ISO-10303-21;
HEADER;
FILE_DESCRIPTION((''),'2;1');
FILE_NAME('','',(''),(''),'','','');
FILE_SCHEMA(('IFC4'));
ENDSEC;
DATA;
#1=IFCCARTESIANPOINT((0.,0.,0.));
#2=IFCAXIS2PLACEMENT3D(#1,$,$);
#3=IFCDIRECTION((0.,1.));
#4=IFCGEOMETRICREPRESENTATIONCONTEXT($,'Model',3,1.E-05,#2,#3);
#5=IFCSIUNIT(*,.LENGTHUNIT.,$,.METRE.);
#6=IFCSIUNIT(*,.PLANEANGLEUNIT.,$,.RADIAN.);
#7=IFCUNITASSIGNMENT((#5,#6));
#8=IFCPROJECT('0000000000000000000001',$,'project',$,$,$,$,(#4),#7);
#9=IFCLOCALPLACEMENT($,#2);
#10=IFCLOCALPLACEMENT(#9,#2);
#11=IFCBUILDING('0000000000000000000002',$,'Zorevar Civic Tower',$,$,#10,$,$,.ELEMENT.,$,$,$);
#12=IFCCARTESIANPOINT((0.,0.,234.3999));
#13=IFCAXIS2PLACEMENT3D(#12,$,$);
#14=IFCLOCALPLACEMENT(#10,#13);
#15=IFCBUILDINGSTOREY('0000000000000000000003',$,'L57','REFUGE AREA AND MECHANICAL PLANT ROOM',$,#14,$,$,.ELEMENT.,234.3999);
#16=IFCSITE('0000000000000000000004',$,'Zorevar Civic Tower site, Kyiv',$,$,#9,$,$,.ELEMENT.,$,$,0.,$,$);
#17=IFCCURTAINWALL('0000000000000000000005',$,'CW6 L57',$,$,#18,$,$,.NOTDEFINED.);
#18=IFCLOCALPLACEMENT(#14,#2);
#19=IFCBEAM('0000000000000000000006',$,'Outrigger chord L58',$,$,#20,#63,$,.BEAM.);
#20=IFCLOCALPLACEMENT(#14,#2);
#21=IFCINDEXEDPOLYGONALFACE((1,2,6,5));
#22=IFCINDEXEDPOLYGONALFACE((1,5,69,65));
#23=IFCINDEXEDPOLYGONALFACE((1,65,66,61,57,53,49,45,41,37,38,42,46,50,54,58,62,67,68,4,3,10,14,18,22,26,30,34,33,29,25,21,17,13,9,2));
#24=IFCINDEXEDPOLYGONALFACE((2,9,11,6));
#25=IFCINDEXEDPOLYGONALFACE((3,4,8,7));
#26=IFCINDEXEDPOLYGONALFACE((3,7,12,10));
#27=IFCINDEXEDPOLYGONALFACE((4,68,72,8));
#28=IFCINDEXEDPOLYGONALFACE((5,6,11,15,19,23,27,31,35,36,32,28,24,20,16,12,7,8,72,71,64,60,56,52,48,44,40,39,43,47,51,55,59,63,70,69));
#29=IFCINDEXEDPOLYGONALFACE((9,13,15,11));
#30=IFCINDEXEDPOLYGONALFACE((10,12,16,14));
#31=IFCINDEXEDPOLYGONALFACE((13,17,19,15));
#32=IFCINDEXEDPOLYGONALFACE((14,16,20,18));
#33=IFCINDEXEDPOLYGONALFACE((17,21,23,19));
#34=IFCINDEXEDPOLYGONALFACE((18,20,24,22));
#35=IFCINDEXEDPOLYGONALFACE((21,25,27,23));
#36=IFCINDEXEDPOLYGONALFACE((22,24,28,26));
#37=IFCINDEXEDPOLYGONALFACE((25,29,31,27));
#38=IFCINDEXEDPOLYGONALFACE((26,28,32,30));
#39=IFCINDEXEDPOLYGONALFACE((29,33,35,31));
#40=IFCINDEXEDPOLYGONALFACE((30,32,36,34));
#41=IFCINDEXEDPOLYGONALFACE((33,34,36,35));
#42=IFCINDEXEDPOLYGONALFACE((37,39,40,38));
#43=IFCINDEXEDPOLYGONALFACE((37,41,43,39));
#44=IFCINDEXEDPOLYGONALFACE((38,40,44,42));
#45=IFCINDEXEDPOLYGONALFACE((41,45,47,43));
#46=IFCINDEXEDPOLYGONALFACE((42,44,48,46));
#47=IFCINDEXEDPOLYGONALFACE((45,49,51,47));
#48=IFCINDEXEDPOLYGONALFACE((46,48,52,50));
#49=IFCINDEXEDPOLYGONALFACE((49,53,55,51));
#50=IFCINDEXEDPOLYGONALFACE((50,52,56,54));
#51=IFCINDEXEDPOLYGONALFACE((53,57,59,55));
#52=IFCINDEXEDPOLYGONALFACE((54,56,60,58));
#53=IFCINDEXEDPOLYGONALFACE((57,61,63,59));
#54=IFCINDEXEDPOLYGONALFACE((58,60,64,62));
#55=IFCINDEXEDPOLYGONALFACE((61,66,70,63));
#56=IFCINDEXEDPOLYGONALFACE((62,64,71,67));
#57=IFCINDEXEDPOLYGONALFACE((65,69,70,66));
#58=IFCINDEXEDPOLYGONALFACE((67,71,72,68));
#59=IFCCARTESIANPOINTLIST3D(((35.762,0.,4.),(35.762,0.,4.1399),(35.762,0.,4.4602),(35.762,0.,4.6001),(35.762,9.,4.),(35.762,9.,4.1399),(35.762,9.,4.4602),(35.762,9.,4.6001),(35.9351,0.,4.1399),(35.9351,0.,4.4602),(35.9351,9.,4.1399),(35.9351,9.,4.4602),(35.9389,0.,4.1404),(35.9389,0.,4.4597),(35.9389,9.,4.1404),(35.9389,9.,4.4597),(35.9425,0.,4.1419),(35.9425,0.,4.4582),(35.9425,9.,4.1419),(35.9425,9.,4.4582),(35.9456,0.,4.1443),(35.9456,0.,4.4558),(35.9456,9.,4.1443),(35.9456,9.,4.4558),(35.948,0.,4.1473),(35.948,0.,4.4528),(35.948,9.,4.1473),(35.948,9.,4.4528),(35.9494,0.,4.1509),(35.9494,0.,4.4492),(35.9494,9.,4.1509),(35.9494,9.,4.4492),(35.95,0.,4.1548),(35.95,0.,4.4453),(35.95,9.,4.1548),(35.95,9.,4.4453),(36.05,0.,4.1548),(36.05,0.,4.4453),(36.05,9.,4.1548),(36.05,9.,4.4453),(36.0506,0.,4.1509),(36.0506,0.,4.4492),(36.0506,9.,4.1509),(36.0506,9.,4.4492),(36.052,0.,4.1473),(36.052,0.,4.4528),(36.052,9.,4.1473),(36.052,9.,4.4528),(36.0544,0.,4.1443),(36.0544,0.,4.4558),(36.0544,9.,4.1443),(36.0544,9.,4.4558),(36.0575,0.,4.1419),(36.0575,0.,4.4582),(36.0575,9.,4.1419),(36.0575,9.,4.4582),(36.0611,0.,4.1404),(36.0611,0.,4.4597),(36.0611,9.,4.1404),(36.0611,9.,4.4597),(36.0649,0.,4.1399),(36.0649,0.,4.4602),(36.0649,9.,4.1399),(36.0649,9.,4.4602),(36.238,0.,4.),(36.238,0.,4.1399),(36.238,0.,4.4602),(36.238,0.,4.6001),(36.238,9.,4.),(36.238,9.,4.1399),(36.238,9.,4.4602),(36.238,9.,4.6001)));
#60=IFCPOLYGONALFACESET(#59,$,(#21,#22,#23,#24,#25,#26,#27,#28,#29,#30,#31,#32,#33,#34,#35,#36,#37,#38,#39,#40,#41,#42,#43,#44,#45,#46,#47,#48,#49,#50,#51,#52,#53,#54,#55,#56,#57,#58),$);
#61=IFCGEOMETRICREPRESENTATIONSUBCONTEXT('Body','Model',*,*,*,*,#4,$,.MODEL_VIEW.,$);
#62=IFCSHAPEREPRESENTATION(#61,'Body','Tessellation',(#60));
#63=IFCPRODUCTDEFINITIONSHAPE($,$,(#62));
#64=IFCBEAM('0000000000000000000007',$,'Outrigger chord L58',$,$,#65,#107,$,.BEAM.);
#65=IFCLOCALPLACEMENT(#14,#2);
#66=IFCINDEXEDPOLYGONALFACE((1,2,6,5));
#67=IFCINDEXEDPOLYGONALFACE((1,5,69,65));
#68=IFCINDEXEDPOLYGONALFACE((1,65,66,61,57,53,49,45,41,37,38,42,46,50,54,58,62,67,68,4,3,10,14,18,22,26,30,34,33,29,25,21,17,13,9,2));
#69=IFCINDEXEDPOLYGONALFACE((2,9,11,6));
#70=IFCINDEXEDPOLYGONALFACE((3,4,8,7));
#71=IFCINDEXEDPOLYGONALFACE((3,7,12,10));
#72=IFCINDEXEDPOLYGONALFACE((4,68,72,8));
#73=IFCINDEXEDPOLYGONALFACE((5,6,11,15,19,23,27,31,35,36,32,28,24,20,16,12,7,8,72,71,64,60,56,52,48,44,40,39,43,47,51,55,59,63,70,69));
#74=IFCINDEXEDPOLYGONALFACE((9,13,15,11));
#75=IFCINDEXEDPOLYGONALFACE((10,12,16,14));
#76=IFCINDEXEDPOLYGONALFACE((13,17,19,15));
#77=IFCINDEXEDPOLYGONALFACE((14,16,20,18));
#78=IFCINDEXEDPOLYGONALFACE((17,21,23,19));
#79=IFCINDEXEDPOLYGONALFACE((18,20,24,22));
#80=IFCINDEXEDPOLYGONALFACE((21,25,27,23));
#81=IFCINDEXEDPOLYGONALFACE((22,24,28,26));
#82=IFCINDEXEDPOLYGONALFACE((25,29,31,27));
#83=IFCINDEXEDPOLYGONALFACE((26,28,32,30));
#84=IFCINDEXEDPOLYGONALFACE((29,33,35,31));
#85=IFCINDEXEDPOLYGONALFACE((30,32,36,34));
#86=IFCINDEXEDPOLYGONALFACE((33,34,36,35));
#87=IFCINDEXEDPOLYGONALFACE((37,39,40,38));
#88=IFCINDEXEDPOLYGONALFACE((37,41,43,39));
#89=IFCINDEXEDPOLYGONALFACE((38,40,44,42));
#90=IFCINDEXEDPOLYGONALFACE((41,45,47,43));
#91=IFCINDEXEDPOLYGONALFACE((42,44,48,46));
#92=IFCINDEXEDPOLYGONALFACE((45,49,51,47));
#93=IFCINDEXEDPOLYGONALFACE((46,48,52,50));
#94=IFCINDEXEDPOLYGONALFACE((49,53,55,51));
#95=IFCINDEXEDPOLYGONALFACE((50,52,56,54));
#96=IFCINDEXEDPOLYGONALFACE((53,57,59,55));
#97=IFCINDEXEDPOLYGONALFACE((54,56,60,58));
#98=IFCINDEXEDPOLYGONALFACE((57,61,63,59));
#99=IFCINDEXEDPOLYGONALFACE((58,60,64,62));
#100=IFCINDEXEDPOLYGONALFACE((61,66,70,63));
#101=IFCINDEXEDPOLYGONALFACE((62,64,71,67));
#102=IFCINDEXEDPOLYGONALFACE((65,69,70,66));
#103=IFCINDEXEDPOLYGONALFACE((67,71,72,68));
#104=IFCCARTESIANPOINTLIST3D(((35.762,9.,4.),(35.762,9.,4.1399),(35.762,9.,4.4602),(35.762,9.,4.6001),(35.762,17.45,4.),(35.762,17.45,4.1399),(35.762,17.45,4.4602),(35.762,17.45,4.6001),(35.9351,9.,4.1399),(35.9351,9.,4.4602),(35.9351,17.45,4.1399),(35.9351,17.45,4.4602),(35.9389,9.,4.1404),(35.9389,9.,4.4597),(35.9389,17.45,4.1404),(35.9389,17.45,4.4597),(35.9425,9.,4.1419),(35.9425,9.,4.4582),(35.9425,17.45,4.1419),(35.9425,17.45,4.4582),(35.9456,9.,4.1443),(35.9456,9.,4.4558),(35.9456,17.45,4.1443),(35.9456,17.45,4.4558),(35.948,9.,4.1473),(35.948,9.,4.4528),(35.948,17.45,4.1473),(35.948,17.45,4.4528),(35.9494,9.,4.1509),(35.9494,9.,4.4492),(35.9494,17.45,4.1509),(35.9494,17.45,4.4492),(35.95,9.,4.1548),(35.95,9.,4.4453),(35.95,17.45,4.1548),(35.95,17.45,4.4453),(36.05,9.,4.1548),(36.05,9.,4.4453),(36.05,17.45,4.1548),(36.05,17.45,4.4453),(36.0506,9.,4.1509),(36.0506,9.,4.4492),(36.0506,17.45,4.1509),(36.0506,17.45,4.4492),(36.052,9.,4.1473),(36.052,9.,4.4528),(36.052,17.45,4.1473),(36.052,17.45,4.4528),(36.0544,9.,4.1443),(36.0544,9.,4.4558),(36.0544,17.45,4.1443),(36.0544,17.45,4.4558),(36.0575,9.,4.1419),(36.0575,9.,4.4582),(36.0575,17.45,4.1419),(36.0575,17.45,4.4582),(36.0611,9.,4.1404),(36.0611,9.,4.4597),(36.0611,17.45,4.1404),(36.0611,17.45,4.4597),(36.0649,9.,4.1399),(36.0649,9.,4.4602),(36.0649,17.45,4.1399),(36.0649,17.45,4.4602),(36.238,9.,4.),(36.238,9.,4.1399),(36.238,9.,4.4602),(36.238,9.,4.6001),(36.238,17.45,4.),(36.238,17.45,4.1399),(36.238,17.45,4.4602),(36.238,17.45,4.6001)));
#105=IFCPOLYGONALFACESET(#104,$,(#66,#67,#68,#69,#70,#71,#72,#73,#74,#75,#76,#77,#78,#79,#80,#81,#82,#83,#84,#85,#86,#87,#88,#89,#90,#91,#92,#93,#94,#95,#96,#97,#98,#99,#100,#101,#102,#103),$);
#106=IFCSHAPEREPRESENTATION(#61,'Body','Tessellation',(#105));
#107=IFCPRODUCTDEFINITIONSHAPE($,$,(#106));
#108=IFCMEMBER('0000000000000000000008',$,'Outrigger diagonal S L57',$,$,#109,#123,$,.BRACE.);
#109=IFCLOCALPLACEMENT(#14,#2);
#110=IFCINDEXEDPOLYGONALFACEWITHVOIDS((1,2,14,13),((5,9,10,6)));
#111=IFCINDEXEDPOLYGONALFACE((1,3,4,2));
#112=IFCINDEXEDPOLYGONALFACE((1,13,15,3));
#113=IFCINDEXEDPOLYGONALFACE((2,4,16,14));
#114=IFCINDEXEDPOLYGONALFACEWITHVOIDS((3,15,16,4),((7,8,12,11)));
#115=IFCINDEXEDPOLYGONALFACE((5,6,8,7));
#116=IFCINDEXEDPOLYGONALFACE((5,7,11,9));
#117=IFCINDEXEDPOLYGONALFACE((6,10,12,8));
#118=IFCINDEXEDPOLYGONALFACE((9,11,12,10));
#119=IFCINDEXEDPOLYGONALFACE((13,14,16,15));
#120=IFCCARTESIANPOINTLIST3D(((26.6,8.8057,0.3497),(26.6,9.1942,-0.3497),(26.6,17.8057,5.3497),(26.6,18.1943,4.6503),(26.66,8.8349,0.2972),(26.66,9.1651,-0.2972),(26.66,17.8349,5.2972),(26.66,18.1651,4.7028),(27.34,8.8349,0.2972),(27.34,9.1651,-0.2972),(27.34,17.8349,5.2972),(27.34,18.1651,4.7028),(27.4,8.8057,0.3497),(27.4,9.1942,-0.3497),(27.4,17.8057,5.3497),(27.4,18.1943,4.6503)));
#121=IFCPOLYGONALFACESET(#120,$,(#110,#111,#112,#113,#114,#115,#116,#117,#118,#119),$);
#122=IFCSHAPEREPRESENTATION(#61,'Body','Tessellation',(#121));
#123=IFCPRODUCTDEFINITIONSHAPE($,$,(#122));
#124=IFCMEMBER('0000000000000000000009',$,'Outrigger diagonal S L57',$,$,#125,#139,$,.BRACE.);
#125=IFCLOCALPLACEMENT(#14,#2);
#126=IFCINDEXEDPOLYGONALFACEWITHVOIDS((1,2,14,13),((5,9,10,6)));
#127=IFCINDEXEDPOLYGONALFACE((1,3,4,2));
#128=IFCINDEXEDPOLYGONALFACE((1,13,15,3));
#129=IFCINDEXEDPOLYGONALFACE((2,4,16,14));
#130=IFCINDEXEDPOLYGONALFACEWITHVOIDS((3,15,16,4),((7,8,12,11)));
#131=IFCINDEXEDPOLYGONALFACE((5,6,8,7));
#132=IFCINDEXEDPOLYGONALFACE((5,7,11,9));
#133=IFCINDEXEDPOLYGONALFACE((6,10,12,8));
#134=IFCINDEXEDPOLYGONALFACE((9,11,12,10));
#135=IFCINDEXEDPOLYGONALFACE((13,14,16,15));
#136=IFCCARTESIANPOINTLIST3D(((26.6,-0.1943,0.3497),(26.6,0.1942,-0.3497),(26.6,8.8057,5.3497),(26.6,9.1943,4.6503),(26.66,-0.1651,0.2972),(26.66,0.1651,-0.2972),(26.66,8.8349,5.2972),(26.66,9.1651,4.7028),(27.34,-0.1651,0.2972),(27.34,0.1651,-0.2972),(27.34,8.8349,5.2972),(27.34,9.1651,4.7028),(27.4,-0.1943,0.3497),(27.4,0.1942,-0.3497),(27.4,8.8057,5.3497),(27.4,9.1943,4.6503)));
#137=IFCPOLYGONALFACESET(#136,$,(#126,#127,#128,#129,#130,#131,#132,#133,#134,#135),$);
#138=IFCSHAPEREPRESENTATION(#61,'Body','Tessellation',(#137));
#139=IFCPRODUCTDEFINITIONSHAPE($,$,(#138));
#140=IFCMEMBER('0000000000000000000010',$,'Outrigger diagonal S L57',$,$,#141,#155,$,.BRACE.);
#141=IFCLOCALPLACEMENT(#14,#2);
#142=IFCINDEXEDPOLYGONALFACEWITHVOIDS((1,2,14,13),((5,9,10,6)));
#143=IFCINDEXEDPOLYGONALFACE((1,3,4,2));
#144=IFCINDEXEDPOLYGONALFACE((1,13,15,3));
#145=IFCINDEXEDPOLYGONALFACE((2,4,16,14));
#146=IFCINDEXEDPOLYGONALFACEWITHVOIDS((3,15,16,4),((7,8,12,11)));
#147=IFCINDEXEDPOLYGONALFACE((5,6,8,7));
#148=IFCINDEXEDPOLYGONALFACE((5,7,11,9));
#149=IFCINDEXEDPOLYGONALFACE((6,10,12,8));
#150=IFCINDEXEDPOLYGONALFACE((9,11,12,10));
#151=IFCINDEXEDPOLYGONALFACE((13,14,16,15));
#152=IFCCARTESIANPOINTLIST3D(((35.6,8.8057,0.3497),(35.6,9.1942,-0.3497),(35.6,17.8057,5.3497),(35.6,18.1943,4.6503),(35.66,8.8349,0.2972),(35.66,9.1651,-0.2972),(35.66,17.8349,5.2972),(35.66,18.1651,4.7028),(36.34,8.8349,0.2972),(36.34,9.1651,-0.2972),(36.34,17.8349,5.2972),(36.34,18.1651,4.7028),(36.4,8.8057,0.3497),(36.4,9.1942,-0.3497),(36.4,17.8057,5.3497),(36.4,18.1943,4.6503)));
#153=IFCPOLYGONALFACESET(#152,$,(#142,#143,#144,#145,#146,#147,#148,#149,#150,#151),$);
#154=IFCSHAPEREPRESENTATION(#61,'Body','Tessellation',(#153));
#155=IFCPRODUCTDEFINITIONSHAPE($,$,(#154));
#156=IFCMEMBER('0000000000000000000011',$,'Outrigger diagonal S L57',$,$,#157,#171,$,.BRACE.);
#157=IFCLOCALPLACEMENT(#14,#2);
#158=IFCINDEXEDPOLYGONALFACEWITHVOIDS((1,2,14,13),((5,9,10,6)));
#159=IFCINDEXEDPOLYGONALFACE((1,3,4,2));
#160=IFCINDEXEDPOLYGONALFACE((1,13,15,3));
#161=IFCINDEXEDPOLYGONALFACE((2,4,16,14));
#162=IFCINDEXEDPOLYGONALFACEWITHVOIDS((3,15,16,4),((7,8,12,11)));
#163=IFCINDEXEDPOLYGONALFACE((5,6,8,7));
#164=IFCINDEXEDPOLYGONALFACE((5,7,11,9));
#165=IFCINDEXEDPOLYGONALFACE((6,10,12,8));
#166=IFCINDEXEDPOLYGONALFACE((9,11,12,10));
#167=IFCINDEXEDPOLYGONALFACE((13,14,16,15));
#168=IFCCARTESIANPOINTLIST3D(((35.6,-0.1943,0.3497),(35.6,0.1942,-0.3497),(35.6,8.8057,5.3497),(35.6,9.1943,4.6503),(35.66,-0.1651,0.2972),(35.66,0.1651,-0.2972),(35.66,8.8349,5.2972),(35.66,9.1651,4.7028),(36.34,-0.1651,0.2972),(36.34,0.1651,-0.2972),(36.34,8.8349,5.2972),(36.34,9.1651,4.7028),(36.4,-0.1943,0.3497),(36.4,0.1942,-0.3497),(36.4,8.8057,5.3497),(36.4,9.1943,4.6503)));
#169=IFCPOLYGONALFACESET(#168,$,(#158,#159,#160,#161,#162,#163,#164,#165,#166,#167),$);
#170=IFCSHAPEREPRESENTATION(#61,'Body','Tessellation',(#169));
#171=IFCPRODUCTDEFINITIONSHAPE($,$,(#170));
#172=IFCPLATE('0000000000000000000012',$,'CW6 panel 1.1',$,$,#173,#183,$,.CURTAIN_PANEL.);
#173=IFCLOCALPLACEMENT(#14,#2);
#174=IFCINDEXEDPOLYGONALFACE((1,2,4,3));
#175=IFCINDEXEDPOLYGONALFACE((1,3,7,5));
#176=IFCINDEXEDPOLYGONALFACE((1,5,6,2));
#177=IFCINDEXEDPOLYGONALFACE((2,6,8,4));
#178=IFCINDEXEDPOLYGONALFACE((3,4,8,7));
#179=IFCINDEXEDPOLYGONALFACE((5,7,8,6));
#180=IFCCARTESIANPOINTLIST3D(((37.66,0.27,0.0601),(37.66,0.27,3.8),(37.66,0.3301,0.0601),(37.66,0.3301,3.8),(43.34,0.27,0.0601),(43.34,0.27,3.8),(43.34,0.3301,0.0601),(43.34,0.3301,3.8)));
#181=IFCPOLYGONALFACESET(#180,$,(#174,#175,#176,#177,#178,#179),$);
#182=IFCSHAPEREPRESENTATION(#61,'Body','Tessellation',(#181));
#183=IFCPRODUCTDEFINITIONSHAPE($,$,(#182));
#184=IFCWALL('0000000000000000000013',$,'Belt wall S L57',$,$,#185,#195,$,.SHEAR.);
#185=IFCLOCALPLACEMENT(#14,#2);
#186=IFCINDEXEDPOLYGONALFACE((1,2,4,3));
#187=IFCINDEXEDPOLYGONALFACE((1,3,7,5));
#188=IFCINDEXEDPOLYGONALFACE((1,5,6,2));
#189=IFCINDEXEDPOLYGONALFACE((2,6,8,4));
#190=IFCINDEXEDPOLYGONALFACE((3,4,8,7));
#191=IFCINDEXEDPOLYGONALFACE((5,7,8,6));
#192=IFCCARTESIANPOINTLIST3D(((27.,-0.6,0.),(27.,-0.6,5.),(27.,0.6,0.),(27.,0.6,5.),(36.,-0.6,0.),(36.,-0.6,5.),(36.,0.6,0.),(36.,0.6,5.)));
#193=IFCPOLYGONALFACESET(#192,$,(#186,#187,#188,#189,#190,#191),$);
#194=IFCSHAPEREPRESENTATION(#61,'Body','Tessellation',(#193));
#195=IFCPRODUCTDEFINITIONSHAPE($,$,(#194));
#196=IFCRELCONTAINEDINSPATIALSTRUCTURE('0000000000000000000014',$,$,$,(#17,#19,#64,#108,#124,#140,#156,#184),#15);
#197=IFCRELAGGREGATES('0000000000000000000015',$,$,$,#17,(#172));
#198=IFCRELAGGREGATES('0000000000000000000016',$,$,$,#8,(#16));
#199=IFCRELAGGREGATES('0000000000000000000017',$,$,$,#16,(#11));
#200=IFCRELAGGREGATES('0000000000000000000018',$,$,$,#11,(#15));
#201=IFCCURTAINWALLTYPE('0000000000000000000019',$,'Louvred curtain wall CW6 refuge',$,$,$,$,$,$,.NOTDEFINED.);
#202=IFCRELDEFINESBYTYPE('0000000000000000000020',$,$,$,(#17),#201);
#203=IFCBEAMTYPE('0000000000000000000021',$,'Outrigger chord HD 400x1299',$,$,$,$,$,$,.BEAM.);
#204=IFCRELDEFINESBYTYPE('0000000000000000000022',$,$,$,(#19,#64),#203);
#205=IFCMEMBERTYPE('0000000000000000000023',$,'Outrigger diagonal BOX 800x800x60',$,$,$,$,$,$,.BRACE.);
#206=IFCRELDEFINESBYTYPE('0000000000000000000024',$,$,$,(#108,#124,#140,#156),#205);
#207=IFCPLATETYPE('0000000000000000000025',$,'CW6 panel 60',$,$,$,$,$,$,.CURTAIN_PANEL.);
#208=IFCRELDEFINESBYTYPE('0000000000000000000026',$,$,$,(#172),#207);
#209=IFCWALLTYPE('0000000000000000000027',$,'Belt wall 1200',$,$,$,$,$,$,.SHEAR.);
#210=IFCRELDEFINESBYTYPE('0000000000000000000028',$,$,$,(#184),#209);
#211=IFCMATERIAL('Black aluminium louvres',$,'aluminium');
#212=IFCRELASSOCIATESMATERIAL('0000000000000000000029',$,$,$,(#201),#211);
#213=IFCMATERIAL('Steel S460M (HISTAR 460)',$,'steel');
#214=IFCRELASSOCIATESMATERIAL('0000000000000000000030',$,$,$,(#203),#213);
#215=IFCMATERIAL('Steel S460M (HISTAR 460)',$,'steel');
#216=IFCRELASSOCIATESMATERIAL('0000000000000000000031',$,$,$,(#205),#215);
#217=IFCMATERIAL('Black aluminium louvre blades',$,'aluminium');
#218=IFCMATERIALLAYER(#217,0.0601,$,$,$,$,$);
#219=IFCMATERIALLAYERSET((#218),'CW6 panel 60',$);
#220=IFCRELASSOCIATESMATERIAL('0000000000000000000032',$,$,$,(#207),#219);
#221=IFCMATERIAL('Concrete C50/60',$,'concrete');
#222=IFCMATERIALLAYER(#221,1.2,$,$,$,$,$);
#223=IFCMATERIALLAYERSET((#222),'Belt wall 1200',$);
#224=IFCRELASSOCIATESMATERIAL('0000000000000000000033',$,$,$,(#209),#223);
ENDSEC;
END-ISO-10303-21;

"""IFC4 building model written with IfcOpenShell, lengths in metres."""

from ifc_helpers import new_model, si_unit, direction, frame, frame_2d, origin, origin_2d, place, context, subcontext, project, spatial, rectangle, hollow_rectangle, i_section, extrude, material, layer, layer_set, material_profile, profile_set, type_object, element, aggregate, save


model = new_model("IFC4")

# Units and contexts
model_context = context("Model", 3, precision=1e-05, world=origin(), true_north=direction((0.0, 1.0)))
body_context = subcontext(model_context, "Body", "Model", "MODEL_VIEW")
ifc_project = project(units=[si_unit("LENGTHUNIT", "METRE"), si_unit("PLANEANGLEUNIT", "RADIAN")], contexts=[model_context])

# Site, building, storey
site_placement = place(None, origin())
site = spatial("IfcSite", under=ifc_project, at=site_placement, Name="Zorevar Civic Tower site, Kyiv", CompositionType="ELEMENT", RefElevation=0.0)
building_placement = place(site_placement, origin())
building = spatial("IfcBuilding", under=site, at=building_placement, Name="Zorevar Civic Tower", CompositionType="ELEMENT")
storey_placement = place(building_placement, frame((0.0, 0.0, 234.3999)))
storey = spatial("IfcBuildingStorey", under=building, at=storey_placement, Name="L57", Description="REFUGE AREA AND MECHANICAL PLANT ROOM", CompositionType="ELEMENT", Elevation=234.3999)

# Curtain wall
ifc_material_1 = material(Name="Black aluminium louvres", Category="aluminium")
curtain_wall_type = type_object("IfcCurtainWallType", Name="Louvred curtain wall CW6 refuge", PredefinedType="NOTDEFINED", material=ifc_material_1)
curtain_wall_placement = place(storey_placement, origin())
curtain_wall = element("IfcCurtainWall", 1, at=curtain_wall_placement, inside=storey, type_object=curtain_wall_type, Name="CW6 L57", PredefinedType="NOTDEFINED")

# Beams
ifc_material_2 = material(Name="Steel S460M (HISTAR 460)", Category="steel")
ifc_material_profile_1 = material_profile(ifc_material_2, i_section(OverallWidth=0.4761, OverallDepth=0.6001, WebThickness=0.1001, FlangeThickness=0.1399, FilletRadius=0.0149, at=origin_2d()), Name="HD 400x1299")
ifc_profile_set_1 = profile_set([ifc_material_profile_1], Name="Steel S460M (HISTAR 460)")
beam_type_1 = type_object("IfcBeamType", Name="Outrigger chord HD 400x1299", PredefinedType="BEAM", material=ifc_profile_set_1)
beam_1_placement = place(storey_placement, frame((36.0, 0.0, 4.3), z_axis=(0.0, 1.0, 0.0), x_axis=(-1.0, 0.0, 0.0)))
element("IfcBeam", 2, at=beam_1_placement, inside=storey, type_object=beam_type_1, Name="Outrigger chord L58", PredefinedType="BEAM", context=body_context, shape_type="SweptSolid", body=[
    extrude(i_section(OverallWidth=0.4761, OverallDepth=0.6001, WebThickness=0.1001, FlangeThickness=0.1399, FilletRadius=0.0149, at=origin_2d()), origin(), (0.0, 0.0, 1.0), 9.0),
])
beam_2_placement = place(storey_placement, frame((36.0, 9.0, 4.3), z_axis=(0.0, 1.0, 0.0), x_axis=(-1.0, 0.0, 0.0)))
element("IfcBeam", 3, at=beam_2_placement, inside=storey, type_object=beam_type_1, Name="Outrigger chord L58", PredefinedType="BEAM", context=body_context, shape_type="SweptSolid", body=[
    extrude(i_section(OverallWidth=0.4761, OverallDepth=0.6001, WebThickness=0.1001, FlangeThickness=0.1399, FilletRadius=0.0149, at=origin_2d()), origin(), (0.0, 0.0, 1.0), 8.45),
])

# Members
ifc_material_3 = material(Name="Steel S460M (HISTAR 460)", Category="steel")
ifc_material_profile_2 = material_profile(ifc_material_3, hollow_rectangle(XDim=0.8, YDim=0.8, WallThickness=0.0601, at=origin_2d()), Name="BOX 800x800x60")
ifc_profile_set_2 = profile_set([ifc_material_profile_2], Name="Steel S460M (HISTAR 460)")
member_type_1 = type_object("IfcMemberType", Name="Outrigger diagonal BOX 800x800x60", PredefinedType="BRACE", material=ifc_profile_set_2)
for number, where, z_axis, x_axis, name in (
    (4, (27.0, 18.0, 5.0), (0.0, -0.874157, -0.485643), (1.0, 0.0, 0.0), "Outrigger diagonal S L57"),
    (5, (27.0, 9.0, 5.0), (0.0, -0.874157, -0.485643), (1.0, 0.0, 0.0), "Outrigger diagonal S L57"),
    (6, (36.0, 18.0, 5.0), (0.0, -0.874157, -0.485643), (1.0, 0.0, 0.0), "Outrigger diagonal S L57"),
    (7, (36.0, 9.0, 5.0), (0.0, -0.874157, -0.485643), (1.0, 0.0, 0.0), "Outrigger diagonal S L57"),
):
    element("IfcMember", number, at=place(storey_placement, frame(where, z_axis=z_axis, x_axis=x_axis)), inside=storey, type_object=member_type_1, Name=name, PredefinedType="BRACE", context=body_context, shape_type="SweptSolid", body=[
        extrude(hollow_rectangle(XDim=0.8, YDim=0.8, WallThickness=0.0601, at=origin_2d()), origin(), (0.0, 0.0, 1.0), 10.2957),
    ])

# Plate
ifc_material_4 = material(Name="Black aluminium louvre blades", Category="aluminium")
ifc_layer_1 = layer(ifc_material_4, 0.0601)
ifc_layer_set_1 = layer_set([ifc_layer_1], Name="CW6 panel 60")
plate_type = type_object("IfcPlateType", Name="CW6 panel 60", PredefinedType="CURTAIN_PANEL", material=ifc_layer_set_1)
plate_placement = place(storey_placement, frame((40.5, 0.3, 0.0601), z_axis=(0.0, 0.0, 1.0), x_axis=(1.0, 0.0, 0.0)))
plate = element("IfcPlate", 8, at=plate_placement, type_object=plate_type, Name="CW6 panel 1.1", PredefinedType="CURTAIN_PANEL", context=body_context, shape_type="SweptSolid", body=[
    extrude(rectangle(XDim=5.6799, YDim=0.0601, at=origin_2d()), origin(), (0.0, 0.0, 1.0), 3.74),
])
aggregate(curtain_wall, [plate])

# Wall
ifc_material_5 = material(Name="Concrete C50/60", Category="concrete")
ifc_layer_2 = layer(ifc_material_5, 1.2)
ifc_layer_set_2 = layer_set([ifc_layer_2], Name="Belt wall 1200")
wall_type_1 = type_object("IfcWallType", Name="Belt wall 1200", PredefinedType="SHEAR", material=ifc_layer_set_2)
wall_1_placement = place(storey_placement, frame((27.0, 0.0, 0.0), z_axis=(0.0, 0.0, 1.0), x_axis=(1.0, 0.0, 0.0)))
element("IfcWall", 9, at=wall_1_placement, inside=storey, type_object=wall_type_1, Name="Belt wall S L57", PredefinedType="SHEAR", context=body_context, shape_type="SweptSolid", body=[
    extrude(rectangle(XDim=9.0, YDim=1.2, at=frame_2d((4.5, 0.0))), origin(), (0.0, 0.0, 1.0), 5.0),
])

save(model, "model.ifc")
